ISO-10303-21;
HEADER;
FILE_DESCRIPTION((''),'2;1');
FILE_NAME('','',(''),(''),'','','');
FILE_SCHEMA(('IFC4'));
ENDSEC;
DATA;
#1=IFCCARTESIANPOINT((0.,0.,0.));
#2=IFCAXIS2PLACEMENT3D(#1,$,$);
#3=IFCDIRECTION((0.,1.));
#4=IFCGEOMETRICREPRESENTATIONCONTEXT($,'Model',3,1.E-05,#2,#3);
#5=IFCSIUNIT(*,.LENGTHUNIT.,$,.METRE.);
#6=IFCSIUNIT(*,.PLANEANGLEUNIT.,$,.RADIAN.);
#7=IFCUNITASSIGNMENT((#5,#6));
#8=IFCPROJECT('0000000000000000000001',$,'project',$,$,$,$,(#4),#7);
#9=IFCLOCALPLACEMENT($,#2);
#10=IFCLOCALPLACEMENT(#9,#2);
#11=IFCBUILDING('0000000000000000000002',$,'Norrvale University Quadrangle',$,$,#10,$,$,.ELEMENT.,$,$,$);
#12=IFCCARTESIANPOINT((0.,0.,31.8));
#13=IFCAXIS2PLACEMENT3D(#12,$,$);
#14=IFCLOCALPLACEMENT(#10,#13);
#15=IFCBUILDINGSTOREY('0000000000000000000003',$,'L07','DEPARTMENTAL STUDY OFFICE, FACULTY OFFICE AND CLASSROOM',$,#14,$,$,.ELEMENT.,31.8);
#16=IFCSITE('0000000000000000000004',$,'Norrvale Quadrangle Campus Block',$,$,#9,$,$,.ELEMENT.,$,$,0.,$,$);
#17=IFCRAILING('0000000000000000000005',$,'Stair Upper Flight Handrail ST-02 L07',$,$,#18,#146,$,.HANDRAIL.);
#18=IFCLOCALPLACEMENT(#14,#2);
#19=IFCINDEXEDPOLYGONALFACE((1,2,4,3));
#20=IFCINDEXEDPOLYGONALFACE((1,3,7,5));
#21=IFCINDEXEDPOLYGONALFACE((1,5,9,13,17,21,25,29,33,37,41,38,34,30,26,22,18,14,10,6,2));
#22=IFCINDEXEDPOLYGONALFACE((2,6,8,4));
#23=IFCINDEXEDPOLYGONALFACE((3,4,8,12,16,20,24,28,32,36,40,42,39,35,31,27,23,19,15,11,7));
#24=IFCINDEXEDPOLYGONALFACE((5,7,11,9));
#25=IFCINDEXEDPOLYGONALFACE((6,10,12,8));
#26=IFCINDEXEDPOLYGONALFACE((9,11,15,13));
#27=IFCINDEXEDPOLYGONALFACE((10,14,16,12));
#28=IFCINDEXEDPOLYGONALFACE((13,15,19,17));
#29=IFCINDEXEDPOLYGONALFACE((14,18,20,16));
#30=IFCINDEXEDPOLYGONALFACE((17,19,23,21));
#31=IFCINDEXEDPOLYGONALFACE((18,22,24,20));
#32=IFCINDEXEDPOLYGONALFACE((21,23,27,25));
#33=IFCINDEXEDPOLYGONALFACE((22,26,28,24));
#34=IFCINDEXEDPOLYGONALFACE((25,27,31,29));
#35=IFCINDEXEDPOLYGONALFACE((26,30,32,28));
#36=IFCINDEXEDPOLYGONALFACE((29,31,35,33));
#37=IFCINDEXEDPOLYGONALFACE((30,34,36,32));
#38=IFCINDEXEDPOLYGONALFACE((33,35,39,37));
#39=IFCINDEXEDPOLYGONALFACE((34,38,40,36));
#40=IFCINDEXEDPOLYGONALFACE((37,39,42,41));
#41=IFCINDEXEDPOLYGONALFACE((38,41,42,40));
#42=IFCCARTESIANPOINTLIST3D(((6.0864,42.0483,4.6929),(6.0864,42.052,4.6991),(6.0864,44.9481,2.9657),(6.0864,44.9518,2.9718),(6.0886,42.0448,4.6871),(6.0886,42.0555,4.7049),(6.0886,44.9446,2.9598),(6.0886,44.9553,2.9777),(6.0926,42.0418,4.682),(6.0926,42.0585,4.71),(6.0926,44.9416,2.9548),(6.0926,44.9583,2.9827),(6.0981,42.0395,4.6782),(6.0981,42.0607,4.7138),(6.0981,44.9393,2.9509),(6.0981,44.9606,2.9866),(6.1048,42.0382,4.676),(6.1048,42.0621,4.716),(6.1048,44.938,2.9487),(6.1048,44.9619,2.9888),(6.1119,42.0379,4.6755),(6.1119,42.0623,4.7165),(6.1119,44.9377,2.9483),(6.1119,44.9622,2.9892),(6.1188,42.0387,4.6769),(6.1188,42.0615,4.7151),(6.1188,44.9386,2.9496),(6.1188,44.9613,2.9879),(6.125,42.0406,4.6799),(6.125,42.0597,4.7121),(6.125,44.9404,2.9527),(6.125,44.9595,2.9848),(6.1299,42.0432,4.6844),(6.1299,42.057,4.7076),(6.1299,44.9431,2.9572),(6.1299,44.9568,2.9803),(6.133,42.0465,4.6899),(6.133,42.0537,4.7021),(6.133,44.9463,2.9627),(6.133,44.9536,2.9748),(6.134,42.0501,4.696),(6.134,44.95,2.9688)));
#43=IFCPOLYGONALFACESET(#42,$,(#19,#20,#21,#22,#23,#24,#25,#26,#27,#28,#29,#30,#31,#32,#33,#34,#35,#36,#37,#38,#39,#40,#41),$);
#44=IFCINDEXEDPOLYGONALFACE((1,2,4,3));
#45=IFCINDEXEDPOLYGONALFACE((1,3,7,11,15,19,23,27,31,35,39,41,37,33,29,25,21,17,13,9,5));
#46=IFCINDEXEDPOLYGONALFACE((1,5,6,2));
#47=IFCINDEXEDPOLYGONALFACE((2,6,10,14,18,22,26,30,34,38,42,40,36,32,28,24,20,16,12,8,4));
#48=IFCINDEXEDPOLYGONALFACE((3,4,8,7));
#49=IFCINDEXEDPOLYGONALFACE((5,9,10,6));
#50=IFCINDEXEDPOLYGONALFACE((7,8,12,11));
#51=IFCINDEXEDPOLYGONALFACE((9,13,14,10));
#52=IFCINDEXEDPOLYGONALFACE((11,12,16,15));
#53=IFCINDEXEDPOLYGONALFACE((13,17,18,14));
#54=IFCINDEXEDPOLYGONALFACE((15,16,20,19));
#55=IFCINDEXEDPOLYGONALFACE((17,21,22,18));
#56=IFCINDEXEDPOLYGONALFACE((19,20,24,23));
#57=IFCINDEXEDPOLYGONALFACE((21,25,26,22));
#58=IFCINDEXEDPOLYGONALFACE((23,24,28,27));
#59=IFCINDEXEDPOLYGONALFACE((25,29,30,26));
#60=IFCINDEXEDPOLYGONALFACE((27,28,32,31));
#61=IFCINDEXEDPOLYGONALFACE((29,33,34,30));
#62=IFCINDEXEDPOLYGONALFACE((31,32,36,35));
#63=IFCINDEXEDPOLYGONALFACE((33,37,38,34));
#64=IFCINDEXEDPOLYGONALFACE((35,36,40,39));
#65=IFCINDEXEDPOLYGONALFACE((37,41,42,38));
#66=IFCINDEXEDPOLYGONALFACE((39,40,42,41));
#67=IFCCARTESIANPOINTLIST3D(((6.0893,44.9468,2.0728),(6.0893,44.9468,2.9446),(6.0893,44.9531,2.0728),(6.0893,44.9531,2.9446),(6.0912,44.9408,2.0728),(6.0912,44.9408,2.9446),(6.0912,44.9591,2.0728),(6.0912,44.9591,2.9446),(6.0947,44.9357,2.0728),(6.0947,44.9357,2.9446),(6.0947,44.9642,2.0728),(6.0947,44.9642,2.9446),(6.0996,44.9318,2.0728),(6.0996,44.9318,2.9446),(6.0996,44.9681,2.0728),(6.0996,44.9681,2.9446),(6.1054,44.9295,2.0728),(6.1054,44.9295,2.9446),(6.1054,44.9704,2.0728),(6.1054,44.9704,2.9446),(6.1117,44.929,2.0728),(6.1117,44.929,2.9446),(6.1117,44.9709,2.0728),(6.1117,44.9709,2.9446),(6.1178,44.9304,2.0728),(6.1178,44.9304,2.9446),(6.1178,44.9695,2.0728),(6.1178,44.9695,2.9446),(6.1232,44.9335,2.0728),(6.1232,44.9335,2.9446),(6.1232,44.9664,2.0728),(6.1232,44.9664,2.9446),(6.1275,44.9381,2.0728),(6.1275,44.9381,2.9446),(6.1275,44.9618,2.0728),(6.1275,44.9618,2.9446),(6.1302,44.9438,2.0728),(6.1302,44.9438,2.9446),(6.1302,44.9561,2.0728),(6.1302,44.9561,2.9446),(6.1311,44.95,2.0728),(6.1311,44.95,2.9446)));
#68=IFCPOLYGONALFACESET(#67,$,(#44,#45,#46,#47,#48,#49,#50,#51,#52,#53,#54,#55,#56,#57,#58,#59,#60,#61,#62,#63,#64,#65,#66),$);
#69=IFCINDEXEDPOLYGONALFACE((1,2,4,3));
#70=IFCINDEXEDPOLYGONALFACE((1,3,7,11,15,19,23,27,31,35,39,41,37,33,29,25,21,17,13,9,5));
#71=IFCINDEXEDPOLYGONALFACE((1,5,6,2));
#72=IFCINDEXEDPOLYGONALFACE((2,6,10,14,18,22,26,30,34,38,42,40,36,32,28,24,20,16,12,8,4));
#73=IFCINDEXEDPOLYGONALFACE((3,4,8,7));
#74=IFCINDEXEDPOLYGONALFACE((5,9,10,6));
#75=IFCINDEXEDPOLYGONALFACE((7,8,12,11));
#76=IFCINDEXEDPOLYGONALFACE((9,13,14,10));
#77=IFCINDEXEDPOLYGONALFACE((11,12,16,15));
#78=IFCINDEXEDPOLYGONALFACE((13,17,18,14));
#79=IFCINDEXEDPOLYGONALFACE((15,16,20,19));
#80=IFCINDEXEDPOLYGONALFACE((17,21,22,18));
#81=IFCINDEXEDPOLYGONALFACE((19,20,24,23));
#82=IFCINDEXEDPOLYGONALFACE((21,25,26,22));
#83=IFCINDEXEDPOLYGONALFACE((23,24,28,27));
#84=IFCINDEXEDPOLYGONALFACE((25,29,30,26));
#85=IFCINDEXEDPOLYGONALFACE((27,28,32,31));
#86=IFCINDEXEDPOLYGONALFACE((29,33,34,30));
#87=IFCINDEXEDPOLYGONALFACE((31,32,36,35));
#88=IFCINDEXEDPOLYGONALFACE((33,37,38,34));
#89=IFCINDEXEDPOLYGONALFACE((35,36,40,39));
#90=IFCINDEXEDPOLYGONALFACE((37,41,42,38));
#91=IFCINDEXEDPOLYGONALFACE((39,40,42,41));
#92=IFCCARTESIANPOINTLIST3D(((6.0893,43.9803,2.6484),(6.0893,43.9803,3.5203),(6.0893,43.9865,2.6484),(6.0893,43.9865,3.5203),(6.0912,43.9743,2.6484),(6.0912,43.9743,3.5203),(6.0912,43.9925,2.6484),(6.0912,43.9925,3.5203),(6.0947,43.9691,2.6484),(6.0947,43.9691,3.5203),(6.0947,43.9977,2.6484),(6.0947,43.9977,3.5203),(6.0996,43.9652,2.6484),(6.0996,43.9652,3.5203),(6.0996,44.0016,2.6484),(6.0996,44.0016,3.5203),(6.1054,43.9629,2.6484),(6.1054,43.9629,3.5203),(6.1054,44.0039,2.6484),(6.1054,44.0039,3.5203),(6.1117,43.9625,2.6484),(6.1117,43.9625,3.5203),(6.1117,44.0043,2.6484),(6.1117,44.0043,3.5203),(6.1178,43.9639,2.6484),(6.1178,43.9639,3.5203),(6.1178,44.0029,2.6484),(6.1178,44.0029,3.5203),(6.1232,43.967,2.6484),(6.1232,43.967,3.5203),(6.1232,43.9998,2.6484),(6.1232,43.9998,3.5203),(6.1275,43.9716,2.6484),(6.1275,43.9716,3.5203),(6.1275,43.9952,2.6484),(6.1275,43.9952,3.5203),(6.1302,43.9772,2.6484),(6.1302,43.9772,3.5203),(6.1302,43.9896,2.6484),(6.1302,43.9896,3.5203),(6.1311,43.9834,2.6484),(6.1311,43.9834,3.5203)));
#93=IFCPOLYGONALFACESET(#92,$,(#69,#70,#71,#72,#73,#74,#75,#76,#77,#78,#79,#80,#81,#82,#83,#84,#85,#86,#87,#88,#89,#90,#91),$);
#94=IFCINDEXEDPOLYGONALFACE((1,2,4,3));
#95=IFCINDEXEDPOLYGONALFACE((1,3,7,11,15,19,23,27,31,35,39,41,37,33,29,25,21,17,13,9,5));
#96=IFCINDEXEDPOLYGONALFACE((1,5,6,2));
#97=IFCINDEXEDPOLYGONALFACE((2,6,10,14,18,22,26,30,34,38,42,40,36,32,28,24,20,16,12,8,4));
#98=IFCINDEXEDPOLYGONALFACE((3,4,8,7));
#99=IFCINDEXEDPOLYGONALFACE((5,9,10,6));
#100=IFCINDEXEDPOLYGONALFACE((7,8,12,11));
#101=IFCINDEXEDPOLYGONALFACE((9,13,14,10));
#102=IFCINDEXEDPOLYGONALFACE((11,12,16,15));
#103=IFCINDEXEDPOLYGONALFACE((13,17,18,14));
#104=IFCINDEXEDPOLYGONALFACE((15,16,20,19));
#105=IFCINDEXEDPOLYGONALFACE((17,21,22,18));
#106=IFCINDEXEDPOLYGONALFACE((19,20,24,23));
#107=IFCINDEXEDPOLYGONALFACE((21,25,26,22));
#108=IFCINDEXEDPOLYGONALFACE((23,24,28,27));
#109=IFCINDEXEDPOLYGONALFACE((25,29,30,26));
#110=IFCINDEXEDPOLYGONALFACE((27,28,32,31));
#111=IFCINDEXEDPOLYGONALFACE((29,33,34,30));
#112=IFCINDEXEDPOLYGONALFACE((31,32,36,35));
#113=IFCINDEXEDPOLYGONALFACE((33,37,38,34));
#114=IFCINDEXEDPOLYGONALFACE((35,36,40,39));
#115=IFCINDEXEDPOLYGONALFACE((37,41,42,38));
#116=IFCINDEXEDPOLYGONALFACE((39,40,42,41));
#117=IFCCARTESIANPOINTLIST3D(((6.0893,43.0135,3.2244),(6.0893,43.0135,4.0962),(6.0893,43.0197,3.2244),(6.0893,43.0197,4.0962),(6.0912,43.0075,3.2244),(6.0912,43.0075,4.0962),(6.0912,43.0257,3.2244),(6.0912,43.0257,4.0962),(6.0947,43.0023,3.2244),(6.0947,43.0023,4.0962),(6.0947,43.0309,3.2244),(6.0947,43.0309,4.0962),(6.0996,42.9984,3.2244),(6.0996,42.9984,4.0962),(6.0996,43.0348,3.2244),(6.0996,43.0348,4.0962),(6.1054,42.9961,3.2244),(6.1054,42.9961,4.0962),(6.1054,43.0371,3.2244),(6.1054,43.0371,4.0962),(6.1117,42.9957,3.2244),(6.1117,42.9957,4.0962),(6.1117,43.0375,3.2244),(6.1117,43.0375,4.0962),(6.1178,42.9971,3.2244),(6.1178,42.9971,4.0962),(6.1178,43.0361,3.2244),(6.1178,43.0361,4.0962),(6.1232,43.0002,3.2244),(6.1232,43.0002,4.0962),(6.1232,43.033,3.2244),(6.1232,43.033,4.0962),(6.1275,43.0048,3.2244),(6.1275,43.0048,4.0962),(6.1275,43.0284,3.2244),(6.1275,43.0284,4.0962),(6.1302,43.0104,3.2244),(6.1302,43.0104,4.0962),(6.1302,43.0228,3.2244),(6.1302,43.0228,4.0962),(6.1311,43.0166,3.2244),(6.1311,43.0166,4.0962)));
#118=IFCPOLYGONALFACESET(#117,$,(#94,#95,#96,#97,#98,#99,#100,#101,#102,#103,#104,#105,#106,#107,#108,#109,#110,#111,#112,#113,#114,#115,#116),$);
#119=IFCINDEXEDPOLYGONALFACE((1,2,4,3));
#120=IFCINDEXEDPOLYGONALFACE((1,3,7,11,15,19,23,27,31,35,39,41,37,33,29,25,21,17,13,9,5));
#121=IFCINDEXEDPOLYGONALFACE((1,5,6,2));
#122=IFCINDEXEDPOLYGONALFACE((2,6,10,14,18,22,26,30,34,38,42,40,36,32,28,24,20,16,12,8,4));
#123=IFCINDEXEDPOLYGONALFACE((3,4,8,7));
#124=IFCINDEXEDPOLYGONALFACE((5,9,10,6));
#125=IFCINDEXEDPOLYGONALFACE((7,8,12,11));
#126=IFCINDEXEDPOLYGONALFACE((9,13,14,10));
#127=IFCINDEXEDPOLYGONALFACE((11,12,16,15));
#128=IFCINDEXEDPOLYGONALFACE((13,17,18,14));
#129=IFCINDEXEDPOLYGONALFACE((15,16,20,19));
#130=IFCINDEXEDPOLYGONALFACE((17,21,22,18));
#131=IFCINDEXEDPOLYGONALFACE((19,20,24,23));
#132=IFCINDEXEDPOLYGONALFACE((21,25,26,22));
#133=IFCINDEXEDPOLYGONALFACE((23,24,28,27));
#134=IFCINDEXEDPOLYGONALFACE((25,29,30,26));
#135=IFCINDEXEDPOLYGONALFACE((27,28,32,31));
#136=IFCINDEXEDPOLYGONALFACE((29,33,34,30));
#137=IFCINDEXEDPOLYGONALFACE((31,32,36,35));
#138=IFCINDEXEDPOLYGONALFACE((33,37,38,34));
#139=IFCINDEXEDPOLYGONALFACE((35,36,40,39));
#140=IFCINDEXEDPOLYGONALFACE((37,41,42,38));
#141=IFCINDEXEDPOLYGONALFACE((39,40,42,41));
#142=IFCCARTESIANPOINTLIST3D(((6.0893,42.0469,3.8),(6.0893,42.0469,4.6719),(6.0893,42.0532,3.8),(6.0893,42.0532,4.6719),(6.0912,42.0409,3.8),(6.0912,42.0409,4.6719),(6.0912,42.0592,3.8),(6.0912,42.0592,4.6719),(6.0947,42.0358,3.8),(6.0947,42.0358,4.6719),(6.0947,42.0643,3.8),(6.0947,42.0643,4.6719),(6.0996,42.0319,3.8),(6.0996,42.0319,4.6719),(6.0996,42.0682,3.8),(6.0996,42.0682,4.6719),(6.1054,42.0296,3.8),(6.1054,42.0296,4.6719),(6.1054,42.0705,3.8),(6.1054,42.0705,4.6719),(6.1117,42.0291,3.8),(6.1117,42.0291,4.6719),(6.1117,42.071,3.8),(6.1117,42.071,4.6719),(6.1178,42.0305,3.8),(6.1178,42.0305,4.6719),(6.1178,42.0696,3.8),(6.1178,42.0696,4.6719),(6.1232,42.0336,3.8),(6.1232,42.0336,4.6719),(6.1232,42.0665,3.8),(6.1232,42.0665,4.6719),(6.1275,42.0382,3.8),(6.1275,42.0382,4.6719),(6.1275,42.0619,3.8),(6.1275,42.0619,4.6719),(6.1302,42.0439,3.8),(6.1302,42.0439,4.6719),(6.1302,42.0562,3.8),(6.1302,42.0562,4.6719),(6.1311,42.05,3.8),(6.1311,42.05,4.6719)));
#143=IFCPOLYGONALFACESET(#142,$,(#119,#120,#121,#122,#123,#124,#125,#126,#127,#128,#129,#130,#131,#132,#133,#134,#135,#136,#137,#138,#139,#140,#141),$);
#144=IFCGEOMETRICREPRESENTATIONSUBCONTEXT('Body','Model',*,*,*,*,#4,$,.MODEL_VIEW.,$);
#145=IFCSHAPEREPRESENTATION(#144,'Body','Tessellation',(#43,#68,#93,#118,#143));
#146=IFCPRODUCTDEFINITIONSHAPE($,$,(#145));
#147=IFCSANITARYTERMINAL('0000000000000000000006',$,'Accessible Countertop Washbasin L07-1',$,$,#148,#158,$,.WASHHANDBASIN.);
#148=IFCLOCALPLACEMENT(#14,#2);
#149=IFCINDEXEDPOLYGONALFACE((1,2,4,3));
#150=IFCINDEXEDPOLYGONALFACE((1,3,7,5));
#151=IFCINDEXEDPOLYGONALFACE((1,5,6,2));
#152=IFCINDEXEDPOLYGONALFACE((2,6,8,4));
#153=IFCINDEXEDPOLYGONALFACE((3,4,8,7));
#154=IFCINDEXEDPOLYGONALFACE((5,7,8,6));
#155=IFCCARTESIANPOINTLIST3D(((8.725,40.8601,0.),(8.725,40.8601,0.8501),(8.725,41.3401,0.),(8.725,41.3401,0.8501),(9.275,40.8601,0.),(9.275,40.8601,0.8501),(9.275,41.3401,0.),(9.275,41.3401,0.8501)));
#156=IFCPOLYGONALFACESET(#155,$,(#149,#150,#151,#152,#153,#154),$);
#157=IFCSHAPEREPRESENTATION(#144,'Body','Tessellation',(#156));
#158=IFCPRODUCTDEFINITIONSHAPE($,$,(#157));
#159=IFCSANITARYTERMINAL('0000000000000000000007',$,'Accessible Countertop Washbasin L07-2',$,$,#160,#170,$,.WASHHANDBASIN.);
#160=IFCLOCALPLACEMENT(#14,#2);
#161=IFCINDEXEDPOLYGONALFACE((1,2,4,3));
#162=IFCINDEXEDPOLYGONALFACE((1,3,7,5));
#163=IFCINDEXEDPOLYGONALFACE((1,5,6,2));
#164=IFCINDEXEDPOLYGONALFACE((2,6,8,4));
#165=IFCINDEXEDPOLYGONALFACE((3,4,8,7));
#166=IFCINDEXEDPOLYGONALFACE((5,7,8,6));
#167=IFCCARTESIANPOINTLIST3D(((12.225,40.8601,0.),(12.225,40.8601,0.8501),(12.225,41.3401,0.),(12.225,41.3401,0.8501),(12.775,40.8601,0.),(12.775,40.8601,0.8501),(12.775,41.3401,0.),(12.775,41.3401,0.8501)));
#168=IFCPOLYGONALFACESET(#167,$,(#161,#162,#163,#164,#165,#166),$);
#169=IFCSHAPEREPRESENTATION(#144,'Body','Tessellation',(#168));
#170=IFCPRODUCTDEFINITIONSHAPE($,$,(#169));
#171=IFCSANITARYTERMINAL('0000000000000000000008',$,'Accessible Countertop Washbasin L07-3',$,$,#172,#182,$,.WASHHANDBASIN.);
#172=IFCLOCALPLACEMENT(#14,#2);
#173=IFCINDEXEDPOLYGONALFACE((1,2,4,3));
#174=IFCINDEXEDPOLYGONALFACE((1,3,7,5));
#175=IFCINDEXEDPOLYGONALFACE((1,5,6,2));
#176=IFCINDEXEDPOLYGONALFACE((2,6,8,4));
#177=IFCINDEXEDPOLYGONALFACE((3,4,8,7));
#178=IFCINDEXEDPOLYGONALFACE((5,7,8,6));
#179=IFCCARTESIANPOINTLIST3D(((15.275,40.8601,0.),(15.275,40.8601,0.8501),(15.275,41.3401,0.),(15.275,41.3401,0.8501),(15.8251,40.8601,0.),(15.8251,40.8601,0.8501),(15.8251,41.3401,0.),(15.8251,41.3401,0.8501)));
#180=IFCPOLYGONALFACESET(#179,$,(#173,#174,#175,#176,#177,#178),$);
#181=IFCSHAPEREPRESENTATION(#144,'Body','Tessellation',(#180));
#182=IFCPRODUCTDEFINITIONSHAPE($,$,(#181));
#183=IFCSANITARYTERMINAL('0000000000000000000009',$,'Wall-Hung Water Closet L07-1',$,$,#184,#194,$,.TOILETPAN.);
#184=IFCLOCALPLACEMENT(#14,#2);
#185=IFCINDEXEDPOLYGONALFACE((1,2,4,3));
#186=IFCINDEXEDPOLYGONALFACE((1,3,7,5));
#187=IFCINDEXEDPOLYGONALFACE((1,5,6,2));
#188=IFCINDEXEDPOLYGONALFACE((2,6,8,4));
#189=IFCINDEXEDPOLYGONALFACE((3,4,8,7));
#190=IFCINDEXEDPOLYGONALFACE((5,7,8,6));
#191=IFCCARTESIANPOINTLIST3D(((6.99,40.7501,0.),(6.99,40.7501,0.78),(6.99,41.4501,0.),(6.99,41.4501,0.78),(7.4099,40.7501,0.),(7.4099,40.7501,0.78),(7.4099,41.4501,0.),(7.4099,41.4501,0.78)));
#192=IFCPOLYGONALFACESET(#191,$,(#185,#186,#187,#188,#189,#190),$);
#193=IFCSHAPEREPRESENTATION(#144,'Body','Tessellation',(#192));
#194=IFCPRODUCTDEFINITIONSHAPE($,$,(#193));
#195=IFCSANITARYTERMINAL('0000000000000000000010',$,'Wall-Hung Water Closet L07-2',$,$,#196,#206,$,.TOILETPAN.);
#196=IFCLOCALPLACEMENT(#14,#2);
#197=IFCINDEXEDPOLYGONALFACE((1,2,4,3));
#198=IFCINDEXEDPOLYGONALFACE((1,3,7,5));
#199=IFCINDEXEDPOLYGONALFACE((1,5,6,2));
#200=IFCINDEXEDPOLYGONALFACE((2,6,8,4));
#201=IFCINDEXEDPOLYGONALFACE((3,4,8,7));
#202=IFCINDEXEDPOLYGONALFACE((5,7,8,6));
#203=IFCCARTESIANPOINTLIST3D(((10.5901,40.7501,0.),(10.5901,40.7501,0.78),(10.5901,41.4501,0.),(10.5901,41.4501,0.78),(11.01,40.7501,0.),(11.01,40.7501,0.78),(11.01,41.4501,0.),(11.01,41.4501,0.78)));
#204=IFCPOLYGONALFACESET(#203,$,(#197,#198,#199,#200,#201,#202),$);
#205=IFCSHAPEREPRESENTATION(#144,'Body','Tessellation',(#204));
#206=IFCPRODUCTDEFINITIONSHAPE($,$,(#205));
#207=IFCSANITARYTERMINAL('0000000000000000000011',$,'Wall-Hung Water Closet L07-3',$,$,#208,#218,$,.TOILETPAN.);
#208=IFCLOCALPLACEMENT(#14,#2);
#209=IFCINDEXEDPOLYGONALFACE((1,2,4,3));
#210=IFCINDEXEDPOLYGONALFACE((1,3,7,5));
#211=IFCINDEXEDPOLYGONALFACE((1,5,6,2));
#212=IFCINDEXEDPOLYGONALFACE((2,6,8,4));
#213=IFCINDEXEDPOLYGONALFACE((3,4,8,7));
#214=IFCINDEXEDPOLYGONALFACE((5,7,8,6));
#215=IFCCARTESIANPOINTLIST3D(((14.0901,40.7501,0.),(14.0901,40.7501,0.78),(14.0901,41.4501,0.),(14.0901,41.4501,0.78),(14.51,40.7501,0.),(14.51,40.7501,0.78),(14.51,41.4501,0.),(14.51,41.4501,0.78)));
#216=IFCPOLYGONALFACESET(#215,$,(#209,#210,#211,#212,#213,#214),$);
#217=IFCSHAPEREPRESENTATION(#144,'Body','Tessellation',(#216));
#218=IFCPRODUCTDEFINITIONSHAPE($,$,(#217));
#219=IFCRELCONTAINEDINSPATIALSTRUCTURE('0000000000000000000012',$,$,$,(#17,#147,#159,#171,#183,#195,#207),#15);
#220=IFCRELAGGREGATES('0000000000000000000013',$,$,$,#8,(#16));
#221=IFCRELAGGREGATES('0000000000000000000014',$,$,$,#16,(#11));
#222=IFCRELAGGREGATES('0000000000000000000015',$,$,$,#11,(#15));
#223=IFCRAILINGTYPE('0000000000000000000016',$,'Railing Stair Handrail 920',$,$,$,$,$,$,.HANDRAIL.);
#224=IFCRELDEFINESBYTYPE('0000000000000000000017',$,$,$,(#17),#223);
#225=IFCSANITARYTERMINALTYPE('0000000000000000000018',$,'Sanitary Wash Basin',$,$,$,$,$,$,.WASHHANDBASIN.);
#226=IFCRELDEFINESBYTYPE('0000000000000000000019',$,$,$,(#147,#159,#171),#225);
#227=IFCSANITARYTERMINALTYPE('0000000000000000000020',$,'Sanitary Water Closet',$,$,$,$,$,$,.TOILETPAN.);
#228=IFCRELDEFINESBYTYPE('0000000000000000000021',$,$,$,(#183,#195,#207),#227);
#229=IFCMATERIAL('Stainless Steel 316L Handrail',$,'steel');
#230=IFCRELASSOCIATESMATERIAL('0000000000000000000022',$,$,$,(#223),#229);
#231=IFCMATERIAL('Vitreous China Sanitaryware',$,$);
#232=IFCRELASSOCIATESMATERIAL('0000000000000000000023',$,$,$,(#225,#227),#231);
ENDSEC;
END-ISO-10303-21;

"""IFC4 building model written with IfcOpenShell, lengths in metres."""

from ifc_helpers import new_model, si_unit, direction, frame, origin, origin_2d, place, context, subcontext, project, spatial, rectangle, circle, extrude, material, type_object, element, save


model = new_model("IFC4")

# Units and contexts
model_context = context("Model", 3, precision=1e-05, world=origin(), true_north=direction((0.0, 1.0)))
body_context = subcontext(model_context, "Body", "Model", "MODEL_VIEW")
ifc_project = project(units=[si_unit("LENGTHUNIT", "METRE"), si_unit("PLANEANGLEUNIT", "RADIAN")], contexts=[model_context])

# Site, building, storey
site_placement = place(None, origin())
site = spatial("IfcSite", under=ifc_project, at=site_placement, Name="Norrvale Quadrangle Campus Block", CompositionType="ELEMENT", RefElevation=0.0)
building_placement = place(site_placement, origin())
building = spatial("IfcBuilding", under=site, at=building_placement, Name="Norrvale University Quadrangle", CompositionType="ELEMENT")
storey_placement = place(building_placement, frame((0.0, 0.0, 31.8)))
storey = spatial("IfcBuildingStorey", under=building, at=storey_placement, Name="L07", Description="DEPARTMENTAL STUDY OFFICE, FACULTY OFFICE AND CLASSROOM", CompositionType="ELEMENT", Elevation=31.8)

# Railing
ifc_material_1 = material(Name="Stainless Steel 316L Handrail", Category="steel")
railing_type_1 = type_object("IfcRailingType", Name="Railing Stair Handrail 920", PredefinedType="HANDRAIL", material=ifc_material_1)
railing_1_placement = place(storey_placement, frame((6.1101, 44.95, 2.0728)))
element("IfcRailing", 1, at=railing_1_placement, inside=storey, type_object=railing_type_1, Name="Stair Upper Flight Handrail ST-02 L07", PredefinedType="HANDRAIL", context=body_context, shape_type="SweptSolid", body=[
    extrude(circle(Radius=0.0239, at=origin_2d()), frame((0.0, 0.0, 0.896), z_axis=(0.0, -0.859141, 0.511738), x_axis=(1.0, 0.0, 0.0)), (0.0, 0.0, 1.0), 3.3752),
    extrude(circle(Radius=0.021, at=origin_2d()), origin(), (0.0, 0.0, 1.0), 0.8718),
    extrude(circle(Radius=0.021, at=origin_2d()), frame((0.0, -0.9666, 0.5757)), (0.0, 0.0, 1.0), 0.8718),
    extrude(circle(Radius=0.021, at=origin_2d()), frame((0.0, -1.9333, 1.1516)), (0.0, 0.0, 1.0), 0.8718),
    extrude(circle(Radius=0.021, at=origin_2d()), frame((0.0, -2.8999, 1.7273)), (0.0, 0.0, 1.0), 0.8718),
])

# Sanitary terminals
ifc_material_2 = material(Name="Vitreous China Sanitaryware")
sanitary_terminal_type_1 = type_object("IfcSanitaryTerminalType", Name="Sanitary Wash Basin", PredefinedType="WASHHANDBASIN", material=ifc_material_2)
for number, where, z_axis, x_axis, name in (
    (2, (9.0, 41.1001, 0.0), (0.0, 0.0, 1.0), (1.0, 0.0, 0.0), "Accessible Countertop Washbasin L07-1"),
    (3, (12.5, 41.1001, 0.0), (0.0, 0.0, 1.0), (1.0, 0.0, 0.0), "Accessible Countertop Washbasin L07-2"),
    (4, (15.55, 41.1001, 0.0), (0.0, 0.0, 1.0), (1.0, 0.0, 0.0), "Accessible Countertop Washbasin L07-3"),
):
    element("IfcSanitaryTerminal", number, at=place(storey_placement, frame(where, z_axis=z_axis, x_axis=x_axis)), inside=storey, type_object=sanitary_terminal_type_1, Name=name, PredefinedType="WASHHANDBASIN", context=body_context, shape_type="SweptSolid", body=[
        extrude(rectangle(XDim=0.55, YDim=0.48, at=origin_2d()), origin(), (0.0, 0.0, 1.0), 0.8501),
    ])
sanitary_terminal_type_2 = type_object("IfcSanitaryTerminalType", Name="Sanitary Water Closet", PredefinedType="TOILETPAN", material=ifc_material_2)
for number, where, z_axis, x_axis, name in (
    (5, (7.2, 41.1001, 0.0), (0.0, 0.0, 1.0), (1.0, 0.0, 0.0), "Wall-Hung Water Closet L07-1"),
    (6, (10.8, 41.1001, 0.0), (0.0, 0.0, 1.0), (1.0, 0.0, 0.0), "Wall-Hung Water Closet L07-2"),
    (7, (14.3, 41.1001, 0.0), (0.0, 0.0, 1.0), (1.0, 0.0, 0.0), "Wall-Hung Water Closet L07-3"),
):
    element("IfcSanitaryTerminal", number, at=place(storey_placement, frame(where, z_axis=z_axis, x_axis=x_axis)), inside=storey, type_object=sanitary_terminal_type_2, Name=name, PredefinedType="TOILETPAN", context=body_context, shape_type="SweptSolid", body=[
        extrude(rectangle(XDim=0.4199, YDim=0.7, at=origin_2d()), origin(), (0.0, 0.0, 1.0), 0.78),
    ])

save(model, "model.ifc")
